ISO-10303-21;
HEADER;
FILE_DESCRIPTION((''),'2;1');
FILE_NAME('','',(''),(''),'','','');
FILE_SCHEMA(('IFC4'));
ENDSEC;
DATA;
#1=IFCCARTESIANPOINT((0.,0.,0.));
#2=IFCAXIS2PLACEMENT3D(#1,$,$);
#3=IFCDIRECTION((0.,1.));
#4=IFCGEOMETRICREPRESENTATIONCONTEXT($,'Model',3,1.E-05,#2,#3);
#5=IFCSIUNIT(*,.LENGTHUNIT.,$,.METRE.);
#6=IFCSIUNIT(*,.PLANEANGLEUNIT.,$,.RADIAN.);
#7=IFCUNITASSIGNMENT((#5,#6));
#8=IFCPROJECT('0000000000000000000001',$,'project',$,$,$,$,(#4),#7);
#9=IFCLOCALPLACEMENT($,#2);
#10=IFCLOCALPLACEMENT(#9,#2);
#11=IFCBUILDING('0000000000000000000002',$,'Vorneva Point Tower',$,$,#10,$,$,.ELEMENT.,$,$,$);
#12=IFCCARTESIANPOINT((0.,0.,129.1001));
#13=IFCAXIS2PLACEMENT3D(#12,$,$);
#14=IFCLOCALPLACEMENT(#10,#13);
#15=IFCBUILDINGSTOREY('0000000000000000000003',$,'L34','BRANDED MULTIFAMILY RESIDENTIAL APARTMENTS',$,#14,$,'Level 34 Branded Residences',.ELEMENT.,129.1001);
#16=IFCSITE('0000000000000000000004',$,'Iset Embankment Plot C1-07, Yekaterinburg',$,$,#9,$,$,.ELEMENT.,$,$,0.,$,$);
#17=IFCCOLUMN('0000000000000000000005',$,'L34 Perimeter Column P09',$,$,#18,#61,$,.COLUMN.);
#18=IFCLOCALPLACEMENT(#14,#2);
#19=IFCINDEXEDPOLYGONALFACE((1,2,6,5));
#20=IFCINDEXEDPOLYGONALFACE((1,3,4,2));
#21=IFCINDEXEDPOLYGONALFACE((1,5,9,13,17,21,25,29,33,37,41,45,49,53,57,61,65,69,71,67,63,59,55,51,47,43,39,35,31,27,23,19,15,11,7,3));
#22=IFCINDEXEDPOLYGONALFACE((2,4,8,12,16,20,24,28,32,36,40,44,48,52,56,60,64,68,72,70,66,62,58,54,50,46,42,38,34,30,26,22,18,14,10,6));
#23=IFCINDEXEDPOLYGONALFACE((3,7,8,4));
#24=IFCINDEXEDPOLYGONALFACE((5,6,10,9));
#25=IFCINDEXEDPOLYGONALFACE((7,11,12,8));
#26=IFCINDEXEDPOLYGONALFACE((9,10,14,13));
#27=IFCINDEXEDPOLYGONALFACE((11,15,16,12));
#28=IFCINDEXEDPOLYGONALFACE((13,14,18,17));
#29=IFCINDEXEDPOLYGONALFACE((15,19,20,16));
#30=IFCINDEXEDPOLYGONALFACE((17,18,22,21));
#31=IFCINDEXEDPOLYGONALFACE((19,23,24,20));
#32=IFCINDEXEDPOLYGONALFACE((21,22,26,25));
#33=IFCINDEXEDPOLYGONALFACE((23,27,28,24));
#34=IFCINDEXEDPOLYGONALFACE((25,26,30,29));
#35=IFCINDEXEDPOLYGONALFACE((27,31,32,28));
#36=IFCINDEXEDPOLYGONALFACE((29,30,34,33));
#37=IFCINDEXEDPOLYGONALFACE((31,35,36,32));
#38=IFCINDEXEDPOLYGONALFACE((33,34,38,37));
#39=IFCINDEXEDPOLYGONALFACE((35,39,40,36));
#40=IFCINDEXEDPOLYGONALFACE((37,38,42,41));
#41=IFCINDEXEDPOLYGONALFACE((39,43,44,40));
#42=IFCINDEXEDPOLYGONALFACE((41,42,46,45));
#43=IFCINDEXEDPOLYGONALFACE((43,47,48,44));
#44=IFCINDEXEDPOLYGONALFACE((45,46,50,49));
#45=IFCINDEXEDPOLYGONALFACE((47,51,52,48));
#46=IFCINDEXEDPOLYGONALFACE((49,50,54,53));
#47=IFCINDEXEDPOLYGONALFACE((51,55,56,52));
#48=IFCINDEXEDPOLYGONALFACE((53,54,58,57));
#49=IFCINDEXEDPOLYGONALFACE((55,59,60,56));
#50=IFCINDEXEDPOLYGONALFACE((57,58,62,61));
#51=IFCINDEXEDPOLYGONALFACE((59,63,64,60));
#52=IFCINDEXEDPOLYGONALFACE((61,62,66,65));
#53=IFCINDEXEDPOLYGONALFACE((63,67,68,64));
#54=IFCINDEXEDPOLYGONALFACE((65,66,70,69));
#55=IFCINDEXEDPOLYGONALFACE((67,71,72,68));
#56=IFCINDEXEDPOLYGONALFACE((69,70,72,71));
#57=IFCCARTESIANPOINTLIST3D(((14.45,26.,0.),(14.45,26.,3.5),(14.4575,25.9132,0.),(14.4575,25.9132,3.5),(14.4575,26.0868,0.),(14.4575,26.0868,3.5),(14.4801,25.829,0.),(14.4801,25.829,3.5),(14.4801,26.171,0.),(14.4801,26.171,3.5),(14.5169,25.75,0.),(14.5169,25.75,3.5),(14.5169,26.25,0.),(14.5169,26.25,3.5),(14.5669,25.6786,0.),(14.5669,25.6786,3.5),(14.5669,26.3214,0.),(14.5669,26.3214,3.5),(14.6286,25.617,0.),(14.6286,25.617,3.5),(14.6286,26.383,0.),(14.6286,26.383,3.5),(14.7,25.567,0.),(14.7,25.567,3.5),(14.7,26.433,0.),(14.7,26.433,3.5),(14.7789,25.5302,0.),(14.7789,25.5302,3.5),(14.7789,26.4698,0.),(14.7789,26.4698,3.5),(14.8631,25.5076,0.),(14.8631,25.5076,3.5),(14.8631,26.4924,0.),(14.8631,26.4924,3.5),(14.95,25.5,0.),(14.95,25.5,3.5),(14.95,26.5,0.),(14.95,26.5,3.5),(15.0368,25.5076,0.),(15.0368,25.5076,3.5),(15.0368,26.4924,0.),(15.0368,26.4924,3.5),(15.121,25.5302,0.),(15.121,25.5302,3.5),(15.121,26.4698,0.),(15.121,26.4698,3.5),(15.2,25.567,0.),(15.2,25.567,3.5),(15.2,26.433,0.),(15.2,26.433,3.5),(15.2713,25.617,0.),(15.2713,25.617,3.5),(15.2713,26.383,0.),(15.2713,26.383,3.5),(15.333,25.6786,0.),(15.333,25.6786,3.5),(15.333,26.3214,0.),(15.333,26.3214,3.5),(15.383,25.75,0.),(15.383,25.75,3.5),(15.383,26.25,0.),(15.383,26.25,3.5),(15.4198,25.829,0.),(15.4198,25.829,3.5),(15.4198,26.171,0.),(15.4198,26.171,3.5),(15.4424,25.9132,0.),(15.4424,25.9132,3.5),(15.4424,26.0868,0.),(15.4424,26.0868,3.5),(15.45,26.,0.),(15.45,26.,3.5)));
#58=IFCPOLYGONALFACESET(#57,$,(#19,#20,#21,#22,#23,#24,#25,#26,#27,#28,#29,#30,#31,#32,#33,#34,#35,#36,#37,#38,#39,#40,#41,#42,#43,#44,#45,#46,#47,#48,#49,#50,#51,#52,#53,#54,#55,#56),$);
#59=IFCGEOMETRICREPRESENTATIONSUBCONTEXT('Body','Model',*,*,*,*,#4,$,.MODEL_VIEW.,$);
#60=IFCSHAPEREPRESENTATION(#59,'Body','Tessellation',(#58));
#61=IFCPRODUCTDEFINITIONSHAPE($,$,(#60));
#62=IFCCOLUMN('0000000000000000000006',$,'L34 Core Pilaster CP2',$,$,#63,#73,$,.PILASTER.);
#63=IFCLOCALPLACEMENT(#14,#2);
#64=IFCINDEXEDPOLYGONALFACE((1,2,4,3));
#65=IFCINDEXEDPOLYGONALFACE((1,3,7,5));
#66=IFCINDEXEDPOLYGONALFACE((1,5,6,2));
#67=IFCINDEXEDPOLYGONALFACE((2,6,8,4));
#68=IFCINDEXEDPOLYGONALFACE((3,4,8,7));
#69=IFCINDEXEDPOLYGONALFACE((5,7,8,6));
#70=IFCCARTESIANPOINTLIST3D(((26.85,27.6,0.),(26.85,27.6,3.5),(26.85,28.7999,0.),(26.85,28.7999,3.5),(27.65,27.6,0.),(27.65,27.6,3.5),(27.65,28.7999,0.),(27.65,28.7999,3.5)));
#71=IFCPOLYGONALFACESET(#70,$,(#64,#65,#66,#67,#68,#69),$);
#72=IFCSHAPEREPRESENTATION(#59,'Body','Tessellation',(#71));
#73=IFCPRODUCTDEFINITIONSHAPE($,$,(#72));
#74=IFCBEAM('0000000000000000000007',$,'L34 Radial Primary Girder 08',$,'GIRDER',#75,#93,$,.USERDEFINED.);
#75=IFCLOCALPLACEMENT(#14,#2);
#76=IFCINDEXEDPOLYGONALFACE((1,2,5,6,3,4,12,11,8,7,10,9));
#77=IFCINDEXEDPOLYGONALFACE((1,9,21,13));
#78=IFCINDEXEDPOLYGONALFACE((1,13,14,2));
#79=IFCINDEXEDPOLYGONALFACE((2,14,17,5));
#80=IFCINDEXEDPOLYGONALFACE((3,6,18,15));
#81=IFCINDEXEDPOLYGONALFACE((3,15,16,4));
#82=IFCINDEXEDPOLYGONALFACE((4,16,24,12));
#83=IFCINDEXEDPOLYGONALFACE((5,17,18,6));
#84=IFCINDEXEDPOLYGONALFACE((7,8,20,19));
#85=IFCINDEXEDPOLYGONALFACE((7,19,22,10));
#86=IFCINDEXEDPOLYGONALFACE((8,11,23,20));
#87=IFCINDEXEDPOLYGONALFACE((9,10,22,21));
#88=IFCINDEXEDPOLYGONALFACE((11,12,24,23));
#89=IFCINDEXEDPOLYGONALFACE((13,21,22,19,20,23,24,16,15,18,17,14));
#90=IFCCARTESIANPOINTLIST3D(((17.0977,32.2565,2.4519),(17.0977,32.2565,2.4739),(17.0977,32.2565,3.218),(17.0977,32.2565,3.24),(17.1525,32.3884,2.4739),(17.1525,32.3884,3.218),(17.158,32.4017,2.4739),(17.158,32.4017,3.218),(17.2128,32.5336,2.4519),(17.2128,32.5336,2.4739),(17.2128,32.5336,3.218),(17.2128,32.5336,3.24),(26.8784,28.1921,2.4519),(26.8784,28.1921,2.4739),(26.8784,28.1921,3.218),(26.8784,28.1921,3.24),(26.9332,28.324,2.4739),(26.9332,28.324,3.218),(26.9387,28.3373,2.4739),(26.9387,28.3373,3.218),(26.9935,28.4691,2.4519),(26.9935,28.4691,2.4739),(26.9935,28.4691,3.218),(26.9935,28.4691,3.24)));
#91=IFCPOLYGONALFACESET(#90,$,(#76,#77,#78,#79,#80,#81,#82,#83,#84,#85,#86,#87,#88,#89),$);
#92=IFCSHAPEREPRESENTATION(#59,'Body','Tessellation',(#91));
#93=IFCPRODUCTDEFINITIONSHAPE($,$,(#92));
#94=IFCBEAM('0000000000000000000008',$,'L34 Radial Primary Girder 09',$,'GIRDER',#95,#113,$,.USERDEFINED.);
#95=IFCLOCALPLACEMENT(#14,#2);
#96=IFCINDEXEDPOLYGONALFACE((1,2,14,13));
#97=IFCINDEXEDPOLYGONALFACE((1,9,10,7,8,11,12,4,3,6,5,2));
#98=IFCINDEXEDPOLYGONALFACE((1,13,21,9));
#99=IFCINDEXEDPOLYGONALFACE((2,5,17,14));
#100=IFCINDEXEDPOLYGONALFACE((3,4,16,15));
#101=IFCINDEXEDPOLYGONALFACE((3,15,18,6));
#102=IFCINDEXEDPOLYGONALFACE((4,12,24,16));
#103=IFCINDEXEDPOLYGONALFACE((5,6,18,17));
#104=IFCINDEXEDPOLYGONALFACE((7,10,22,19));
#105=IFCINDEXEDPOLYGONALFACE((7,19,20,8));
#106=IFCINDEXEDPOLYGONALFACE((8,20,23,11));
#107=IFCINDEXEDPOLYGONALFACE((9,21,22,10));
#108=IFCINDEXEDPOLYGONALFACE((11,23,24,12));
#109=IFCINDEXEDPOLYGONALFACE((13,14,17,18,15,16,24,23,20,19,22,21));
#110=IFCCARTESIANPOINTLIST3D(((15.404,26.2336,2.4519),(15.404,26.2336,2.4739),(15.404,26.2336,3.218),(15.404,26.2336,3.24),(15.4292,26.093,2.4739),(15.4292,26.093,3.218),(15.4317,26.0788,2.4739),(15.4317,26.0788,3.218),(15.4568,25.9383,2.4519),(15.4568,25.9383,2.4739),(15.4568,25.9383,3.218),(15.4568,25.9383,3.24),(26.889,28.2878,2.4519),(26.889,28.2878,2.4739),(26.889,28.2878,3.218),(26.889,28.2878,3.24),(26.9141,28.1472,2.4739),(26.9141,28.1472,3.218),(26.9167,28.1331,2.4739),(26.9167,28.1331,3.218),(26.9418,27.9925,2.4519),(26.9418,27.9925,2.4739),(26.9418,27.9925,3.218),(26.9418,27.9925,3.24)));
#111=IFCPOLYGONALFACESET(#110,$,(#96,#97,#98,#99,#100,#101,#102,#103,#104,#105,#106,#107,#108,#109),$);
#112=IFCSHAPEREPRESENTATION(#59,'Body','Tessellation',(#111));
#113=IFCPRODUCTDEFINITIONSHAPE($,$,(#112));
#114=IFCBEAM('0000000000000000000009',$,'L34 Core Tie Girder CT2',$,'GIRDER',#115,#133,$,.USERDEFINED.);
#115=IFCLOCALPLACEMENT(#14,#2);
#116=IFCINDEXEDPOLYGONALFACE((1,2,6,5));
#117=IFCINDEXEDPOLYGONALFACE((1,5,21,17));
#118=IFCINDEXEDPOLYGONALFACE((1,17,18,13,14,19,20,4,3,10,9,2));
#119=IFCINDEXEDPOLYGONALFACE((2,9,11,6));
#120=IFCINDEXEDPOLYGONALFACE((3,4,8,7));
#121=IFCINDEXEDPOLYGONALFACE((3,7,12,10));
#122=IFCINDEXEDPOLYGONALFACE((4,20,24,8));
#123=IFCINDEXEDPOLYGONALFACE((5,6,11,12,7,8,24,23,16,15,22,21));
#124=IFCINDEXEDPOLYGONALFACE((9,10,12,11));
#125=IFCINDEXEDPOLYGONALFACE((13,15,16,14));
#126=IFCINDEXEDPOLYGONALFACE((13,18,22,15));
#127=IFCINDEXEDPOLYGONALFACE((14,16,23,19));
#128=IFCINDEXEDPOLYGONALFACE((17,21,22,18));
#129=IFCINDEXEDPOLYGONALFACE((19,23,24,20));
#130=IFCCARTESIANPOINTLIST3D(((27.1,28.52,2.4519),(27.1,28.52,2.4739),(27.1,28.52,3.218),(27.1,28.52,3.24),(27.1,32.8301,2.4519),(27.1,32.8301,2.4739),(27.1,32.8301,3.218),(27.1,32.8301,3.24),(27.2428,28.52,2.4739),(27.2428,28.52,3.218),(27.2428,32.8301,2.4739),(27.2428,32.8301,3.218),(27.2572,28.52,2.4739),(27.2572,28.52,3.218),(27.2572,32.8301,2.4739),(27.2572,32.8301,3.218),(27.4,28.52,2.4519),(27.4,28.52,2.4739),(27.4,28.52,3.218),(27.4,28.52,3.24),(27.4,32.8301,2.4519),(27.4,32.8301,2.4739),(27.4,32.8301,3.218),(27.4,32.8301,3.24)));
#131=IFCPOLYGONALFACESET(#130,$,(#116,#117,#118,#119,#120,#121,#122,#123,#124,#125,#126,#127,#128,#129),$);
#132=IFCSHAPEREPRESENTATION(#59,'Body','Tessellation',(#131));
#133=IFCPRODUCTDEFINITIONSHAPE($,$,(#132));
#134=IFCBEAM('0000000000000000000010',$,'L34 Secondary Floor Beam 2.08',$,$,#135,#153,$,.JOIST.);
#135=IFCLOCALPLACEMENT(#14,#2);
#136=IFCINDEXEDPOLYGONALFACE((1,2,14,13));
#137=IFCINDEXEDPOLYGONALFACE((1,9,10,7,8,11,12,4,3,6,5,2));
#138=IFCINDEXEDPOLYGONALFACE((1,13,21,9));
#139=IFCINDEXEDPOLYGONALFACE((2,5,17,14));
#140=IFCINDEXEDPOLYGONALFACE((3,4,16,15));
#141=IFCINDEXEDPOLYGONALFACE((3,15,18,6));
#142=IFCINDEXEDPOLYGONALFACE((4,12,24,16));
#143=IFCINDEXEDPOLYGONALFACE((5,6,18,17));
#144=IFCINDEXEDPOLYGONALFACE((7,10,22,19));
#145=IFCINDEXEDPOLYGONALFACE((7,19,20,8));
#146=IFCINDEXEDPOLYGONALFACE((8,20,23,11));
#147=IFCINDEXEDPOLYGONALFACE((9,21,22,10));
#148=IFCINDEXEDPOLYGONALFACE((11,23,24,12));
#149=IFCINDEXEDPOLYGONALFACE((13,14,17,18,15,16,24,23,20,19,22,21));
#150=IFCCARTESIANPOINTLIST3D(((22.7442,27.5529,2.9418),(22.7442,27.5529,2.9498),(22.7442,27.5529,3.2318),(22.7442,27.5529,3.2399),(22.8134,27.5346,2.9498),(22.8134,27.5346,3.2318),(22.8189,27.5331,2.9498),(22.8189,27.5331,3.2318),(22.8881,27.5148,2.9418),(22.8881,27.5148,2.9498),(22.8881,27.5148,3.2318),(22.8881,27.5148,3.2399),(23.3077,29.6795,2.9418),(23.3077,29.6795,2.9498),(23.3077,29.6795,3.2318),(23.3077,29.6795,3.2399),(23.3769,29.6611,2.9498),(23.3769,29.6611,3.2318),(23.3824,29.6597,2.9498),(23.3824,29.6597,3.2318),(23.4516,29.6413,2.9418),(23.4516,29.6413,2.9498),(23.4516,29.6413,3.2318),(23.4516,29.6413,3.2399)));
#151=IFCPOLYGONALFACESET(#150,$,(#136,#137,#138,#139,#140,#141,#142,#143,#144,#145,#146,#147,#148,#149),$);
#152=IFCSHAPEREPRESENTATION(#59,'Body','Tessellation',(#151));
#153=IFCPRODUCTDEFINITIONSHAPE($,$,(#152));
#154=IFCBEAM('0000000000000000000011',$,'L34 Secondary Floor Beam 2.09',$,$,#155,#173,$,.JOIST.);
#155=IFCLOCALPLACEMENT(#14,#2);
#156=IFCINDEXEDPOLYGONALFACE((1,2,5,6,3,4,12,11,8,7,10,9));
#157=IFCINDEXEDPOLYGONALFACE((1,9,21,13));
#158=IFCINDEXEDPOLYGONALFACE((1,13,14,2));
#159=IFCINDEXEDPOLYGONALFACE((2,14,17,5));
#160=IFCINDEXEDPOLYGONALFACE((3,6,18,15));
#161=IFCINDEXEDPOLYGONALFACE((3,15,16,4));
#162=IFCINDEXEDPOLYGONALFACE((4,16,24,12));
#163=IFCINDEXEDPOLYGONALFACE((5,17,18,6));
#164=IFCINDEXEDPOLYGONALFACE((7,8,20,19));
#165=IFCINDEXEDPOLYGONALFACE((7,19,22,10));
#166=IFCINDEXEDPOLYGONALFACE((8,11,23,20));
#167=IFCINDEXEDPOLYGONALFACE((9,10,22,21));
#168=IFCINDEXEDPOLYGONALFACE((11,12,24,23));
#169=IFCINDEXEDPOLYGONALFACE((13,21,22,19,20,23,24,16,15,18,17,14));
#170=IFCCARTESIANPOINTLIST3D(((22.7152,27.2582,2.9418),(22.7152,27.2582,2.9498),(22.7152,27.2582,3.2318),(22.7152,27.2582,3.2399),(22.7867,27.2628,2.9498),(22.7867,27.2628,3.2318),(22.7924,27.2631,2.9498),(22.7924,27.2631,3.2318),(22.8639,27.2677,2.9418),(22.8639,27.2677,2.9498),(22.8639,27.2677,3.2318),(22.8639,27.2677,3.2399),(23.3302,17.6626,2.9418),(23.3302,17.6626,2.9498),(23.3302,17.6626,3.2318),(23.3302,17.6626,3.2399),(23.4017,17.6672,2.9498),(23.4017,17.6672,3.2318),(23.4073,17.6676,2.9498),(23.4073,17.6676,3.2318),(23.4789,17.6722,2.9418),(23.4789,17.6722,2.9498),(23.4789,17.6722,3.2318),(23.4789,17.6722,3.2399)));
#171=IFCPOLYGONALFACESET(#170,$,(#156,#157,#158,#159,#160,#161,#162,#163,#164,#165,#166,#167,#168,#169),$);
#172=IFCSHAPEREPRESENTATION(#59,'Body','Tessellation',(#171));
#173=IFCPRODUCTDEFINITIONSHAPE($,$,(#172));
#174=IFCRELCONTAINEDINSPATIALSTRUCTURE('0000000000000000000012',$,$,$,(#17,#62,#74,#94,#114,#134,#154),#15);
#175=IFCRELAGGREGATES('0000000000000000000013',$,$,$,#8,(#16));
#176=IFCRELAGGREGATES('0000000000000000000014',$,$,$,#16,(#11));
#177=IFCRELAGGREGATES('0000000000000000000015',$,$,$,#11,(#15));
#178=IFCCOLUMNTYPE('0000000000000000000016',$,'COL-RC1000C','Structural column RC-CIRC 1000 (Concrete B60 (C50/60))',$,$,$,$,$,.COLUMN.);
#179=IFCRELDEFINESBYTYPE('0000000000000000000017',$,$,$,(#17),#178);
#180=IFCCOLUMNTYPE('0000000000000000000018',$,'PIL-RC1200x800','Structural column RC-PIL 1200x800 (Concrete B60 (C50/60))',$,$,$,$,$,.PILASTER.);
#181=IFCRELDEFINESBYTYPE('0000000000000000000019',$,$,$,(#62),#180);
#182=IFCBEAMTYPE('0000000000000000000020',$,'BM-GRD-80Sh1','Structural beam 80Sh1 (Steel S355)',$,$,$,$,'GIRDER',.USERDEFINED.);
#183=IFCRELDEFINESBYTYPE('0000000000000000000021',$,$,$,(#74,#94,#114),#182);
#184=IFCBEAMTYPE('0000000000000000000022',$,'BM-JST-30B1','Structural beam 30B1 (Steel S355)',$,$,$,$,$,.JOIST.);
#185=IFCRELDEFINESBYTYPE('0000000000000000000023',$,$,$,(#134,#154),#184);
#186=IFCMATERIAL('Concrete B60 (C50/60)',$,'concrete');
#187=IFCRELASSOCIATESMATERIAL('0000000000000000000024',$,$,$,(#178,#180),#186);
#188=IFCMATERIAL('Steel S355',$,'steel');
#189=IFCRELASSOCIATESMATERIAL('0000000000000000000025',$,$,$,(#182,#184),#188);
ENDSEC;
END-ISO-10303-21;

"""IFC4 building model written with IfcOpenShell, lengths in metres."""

from ifc_helpers import new_model, si_unit, direction, frame, origin, origin_2d, place, context, subcontext, project, spatial, rectangle, circle, i_section, extrude, material, material_profile, profile_set, type_object, element, save


model = new_model("IFC4")

# Units and contexts
model_context = context("Model", 3, precision=1e-05, world=origin(), true_north=direction((0.0, 1.0)))
body_context = subcontext(model_context, "Body", "Model", "MODEL_VIEW")
ifc_project = project(units=[si_unit("LENGTHUNIT", "METRE"), si_unit("PLANEANGLEUNIT", "RADIAN")], contexts=[model_context])

# Site, building, storey
site_placement = place(None, origin())
site = spatial("IfcSite", under=ifc_project, at=site_placement, Name="Iset Embankment Plot C1-07, Yekaterinburg", CompositionType="ELEMENT", RefElevation=0.0)
building_placement = place(site_placement, origin())
building = spatial("IfcBuilding", under=site, at=building_placement, Name="Vorneva Point Tower", CompositionType="ELEMENT")
storey_placement = place(building_placement, frame((0.0, 0.0, 129.1001)))
storey = spatial("IfcBuildingStorey", under=building, at=storey_placement, Name="L34", Description="BRANDED MULTIFAMILY RESIDENTIAL APARTMENTS", LongName="Level 34 Branded Residences", CompositionType="ELEMENT", Elevation=129.1001)

# Columns
ifc_material_1 = material(Name="Concrete B60 (C50/60)", Category="concrete")
ifc_material_profile_1 = material_profile(ifc_material_1, circle(Radius=0.5, at=origin_2d()), Name="RC-CIRC 1000")
ifc_profile_set_1 = profile_set([ifc_material_profile_1], Name="Concrete B60 (C50/60)")
column_type_1 = type_object("IfcColumnType", Name="COL-RC1000C", Description="Structural column RC-CIRC 1000 (Concrete B60 (C50/60))", PredefinedType="COLUMN", material=ifc_profile_set_1)
column_1_placement = place(storey_placement, frame((14.95, 26.0, 0.0), z_axis=(0.0, 0.0, 1.0), x_axis=(-1.0, 0.0, 0.0)))
element("IfcColumn", 1, at=column_1_placement, inside=storey, type_object=column_type_1, Name="L34 Perimeter Column P09", PredefinedType="COLUMN", context=body_context, shape_type="SweptSolid", body=[
    extrude(circle(Radius=0.5, at=origin_2d()), origin(), (0.0, 0.0, 1.0), 3.5),
])
ifc_material_profile_2 = material_profile(ifc_material_1, rectangle(XDim=0.8, YDim=1.2, at=origin_2d()), Name="RC-PIL 1200x800")
ifc_profile_set_2 = profile_set([ifc_material_profile_2], Name="Concrete B60 (C50/60)")
column_type_2 = type_object("IfcColumnType", Name="PIL-RC1200x800", Description="Structural column RC-PIL 1200x800 (Concrete B60 (C50/60))", PredefinedType="PILASTER", material=ifc_profile_set_2)
column_2_placement = place(storey_placement, frame((27.25, 28.2, 0.0), z_axis=(0.0, 0.0, 1.0), x_axis=(1.0, 0.0, 0.0)))
element("IfcColumn", 2, at=column_2_placement, inside=storey, type_object=column_type_2, Name="L34 Core Pilaster CP2", PredefinedType="PILASTER", context=body_context, shape_type="SweptSolid", body=[
    extrude(rectangle(XDim=0.8, YDim=1.2, at=origin_2d()), origin(), (0.0, 0.0, 1.0), 3.5),
])

# Beams
ifc_material_2 = material(Name="Steel S355", Category="steel")
ifc_material_profile_3 = material_profile(ifc_material_2, i_section(OverallWidth=0.3, OverallDepth=0.7881, WebThickness=0.0144, FlangeThickness=0.022, at=origin_2d()), Name="80Sh1")
ifc_profile_set_3 = profile_set([ifc_material_profile_3], Name="Steel S355")
beam_type_1 = type_object("IfcBeamType", Name="BM-GRD-80Sh1", Description="Structural beam 80Sh1 (Steel S355)", ElementType="GIRDER", PredefinedType="USERDEFINED", material=ifc_profile_set_3)
beam_1_placement = place(storey_placement, frame((17.1553, 32.395, 2.8459), z_axis=(0.923441, -0.383741, 0.0), x_axis=(0.383741, 0.923441, 0.0)))
element("IfcBeam", 3, at=beam_1_placement, inside=storey, type_object=beam_type_1, Name="L34 Radial Primary Girder 08", ObjectType="GIRDER", PredefinedType="USERDEFINED", context=body_context, shape_type="SweptSolid", body=[
    extrude(i_section(OverallWidth=0.3, OverallDepth=0.7881, WebThickness=0.0144, FlangeThickness=0.022, at=origin_2d()), origin(), (0.0, 0.0, 1.0), 10.5916),
])
beam_2_placement = place(storey_placement, frame((15.4304, 26.0859, 2.8459), z_axis=(0.984378, 0.176067, 0.0), x_axis=(-0.176067, 0.984378, 0.0)))
element("IfcBeam", 4, at=beam_2_placement, inside=storey, type_object=beam_type_1, Name="L34 Radial Primary Girder 09", ObjectType="GIRDER", PredefinedType="USERDEFINED", context=body_context, shape_type="SweptSolid", body=[
    extrude(i_section(OverallWidth=0.3, OverallDepth=0.7881, WebThickness=0.0144, FlangeThickness=0.022, at=origin_2d()), origin(), (0.0, 0.0, 1.0), 11.6672),
])
beam_3_placement = place(storey_placement, frame((27.25, 28.52, 2.8459), z_axis=(0.0, 1.0, 0.0), x_axis=(-1.0, 0.0, 0.0)))
element("IfcBeam", 5, at=beam_3_placement, inside=storey, type_object=beam_type_1, Name="L34 Core Tie Girder CT2", ObjectType="GIRDER", PredefinedType="USERDEFINED", context=body_context, shape_type="SweptSolid", body=[
    extrude(i_section(OverallWidth=0.3, OverallDepth=0.7881, WebThickness=0.0144, FlangeThickness=0.022, at=origin_2d()), origin(), (0.0, 0.0, 1.0), 4.3101),
])
ifc_material_profile_4 = material_profile(ifc_material_2, i_section(OverallWidth=0.1489, OverallDepth=0.2981, WebThickness=0.0056, FlangeThickness=0.0081, at=origin_2d()), Name="30B1")
ifc_profile_set_4 = profile_set([ifc_material_profile_4], Name="Steel S355")
beam_type_2 = type_object("IfcBeamType", Name="BM-JST-30B1", Description="Structural beam 30B1 (Steel S355)", PredefinedType="JOIST", material=ifc_profile_set_4)
beam_4_placement = place(storey_placement, frame((23.3796, 29.6604, 3.0908), z_axis=(-0.256143, -0.966639, 0.0), x_axis=(0.966639, -0.256143, 0.0)))
element("IfcBeam", 6, at=beam_4_placement, inside=storey, type_object=beam_type_2, Name="L34 Secondary Floor Beam 2.08", PredefinedType="JOIST", context=body_context, shape_type="SweptSolid", body=[
    extrude(i_section(OverallWidth=0.1489, OverallDepth=0.2981, WebThickness=0.0056, FlangeThickness=0.0081, at=origin_2d()), origin(), (0.0, 0.0, 1.0), 2.2),
])
beam_5_placement = place(storey_placement, frame((22.7896, 27.2629, 3.0908), z_axis=(0.063961, -0.997952, 0.0), x_axis=(0.997952, 0.063961, 0.0)))
element("IfcBeam", 7, at=beam_5_placement, inside=storey, type_object=beam_type_2, Name="L34 Secondary Floor Beam 2.09", PredefinedType="JOIST", context=body_context, shape_type="SweptSolid", body=[
    extrude(i_section(OverallWidth=0.1489, OverallDepth=0.2981, WebThickness=0.0056, FlangeThickness=0.0081, at=origin_2d()), origin(), (0.0, 0.0, 1.0), 9.6152),
])

save(model, "model.ifc")
